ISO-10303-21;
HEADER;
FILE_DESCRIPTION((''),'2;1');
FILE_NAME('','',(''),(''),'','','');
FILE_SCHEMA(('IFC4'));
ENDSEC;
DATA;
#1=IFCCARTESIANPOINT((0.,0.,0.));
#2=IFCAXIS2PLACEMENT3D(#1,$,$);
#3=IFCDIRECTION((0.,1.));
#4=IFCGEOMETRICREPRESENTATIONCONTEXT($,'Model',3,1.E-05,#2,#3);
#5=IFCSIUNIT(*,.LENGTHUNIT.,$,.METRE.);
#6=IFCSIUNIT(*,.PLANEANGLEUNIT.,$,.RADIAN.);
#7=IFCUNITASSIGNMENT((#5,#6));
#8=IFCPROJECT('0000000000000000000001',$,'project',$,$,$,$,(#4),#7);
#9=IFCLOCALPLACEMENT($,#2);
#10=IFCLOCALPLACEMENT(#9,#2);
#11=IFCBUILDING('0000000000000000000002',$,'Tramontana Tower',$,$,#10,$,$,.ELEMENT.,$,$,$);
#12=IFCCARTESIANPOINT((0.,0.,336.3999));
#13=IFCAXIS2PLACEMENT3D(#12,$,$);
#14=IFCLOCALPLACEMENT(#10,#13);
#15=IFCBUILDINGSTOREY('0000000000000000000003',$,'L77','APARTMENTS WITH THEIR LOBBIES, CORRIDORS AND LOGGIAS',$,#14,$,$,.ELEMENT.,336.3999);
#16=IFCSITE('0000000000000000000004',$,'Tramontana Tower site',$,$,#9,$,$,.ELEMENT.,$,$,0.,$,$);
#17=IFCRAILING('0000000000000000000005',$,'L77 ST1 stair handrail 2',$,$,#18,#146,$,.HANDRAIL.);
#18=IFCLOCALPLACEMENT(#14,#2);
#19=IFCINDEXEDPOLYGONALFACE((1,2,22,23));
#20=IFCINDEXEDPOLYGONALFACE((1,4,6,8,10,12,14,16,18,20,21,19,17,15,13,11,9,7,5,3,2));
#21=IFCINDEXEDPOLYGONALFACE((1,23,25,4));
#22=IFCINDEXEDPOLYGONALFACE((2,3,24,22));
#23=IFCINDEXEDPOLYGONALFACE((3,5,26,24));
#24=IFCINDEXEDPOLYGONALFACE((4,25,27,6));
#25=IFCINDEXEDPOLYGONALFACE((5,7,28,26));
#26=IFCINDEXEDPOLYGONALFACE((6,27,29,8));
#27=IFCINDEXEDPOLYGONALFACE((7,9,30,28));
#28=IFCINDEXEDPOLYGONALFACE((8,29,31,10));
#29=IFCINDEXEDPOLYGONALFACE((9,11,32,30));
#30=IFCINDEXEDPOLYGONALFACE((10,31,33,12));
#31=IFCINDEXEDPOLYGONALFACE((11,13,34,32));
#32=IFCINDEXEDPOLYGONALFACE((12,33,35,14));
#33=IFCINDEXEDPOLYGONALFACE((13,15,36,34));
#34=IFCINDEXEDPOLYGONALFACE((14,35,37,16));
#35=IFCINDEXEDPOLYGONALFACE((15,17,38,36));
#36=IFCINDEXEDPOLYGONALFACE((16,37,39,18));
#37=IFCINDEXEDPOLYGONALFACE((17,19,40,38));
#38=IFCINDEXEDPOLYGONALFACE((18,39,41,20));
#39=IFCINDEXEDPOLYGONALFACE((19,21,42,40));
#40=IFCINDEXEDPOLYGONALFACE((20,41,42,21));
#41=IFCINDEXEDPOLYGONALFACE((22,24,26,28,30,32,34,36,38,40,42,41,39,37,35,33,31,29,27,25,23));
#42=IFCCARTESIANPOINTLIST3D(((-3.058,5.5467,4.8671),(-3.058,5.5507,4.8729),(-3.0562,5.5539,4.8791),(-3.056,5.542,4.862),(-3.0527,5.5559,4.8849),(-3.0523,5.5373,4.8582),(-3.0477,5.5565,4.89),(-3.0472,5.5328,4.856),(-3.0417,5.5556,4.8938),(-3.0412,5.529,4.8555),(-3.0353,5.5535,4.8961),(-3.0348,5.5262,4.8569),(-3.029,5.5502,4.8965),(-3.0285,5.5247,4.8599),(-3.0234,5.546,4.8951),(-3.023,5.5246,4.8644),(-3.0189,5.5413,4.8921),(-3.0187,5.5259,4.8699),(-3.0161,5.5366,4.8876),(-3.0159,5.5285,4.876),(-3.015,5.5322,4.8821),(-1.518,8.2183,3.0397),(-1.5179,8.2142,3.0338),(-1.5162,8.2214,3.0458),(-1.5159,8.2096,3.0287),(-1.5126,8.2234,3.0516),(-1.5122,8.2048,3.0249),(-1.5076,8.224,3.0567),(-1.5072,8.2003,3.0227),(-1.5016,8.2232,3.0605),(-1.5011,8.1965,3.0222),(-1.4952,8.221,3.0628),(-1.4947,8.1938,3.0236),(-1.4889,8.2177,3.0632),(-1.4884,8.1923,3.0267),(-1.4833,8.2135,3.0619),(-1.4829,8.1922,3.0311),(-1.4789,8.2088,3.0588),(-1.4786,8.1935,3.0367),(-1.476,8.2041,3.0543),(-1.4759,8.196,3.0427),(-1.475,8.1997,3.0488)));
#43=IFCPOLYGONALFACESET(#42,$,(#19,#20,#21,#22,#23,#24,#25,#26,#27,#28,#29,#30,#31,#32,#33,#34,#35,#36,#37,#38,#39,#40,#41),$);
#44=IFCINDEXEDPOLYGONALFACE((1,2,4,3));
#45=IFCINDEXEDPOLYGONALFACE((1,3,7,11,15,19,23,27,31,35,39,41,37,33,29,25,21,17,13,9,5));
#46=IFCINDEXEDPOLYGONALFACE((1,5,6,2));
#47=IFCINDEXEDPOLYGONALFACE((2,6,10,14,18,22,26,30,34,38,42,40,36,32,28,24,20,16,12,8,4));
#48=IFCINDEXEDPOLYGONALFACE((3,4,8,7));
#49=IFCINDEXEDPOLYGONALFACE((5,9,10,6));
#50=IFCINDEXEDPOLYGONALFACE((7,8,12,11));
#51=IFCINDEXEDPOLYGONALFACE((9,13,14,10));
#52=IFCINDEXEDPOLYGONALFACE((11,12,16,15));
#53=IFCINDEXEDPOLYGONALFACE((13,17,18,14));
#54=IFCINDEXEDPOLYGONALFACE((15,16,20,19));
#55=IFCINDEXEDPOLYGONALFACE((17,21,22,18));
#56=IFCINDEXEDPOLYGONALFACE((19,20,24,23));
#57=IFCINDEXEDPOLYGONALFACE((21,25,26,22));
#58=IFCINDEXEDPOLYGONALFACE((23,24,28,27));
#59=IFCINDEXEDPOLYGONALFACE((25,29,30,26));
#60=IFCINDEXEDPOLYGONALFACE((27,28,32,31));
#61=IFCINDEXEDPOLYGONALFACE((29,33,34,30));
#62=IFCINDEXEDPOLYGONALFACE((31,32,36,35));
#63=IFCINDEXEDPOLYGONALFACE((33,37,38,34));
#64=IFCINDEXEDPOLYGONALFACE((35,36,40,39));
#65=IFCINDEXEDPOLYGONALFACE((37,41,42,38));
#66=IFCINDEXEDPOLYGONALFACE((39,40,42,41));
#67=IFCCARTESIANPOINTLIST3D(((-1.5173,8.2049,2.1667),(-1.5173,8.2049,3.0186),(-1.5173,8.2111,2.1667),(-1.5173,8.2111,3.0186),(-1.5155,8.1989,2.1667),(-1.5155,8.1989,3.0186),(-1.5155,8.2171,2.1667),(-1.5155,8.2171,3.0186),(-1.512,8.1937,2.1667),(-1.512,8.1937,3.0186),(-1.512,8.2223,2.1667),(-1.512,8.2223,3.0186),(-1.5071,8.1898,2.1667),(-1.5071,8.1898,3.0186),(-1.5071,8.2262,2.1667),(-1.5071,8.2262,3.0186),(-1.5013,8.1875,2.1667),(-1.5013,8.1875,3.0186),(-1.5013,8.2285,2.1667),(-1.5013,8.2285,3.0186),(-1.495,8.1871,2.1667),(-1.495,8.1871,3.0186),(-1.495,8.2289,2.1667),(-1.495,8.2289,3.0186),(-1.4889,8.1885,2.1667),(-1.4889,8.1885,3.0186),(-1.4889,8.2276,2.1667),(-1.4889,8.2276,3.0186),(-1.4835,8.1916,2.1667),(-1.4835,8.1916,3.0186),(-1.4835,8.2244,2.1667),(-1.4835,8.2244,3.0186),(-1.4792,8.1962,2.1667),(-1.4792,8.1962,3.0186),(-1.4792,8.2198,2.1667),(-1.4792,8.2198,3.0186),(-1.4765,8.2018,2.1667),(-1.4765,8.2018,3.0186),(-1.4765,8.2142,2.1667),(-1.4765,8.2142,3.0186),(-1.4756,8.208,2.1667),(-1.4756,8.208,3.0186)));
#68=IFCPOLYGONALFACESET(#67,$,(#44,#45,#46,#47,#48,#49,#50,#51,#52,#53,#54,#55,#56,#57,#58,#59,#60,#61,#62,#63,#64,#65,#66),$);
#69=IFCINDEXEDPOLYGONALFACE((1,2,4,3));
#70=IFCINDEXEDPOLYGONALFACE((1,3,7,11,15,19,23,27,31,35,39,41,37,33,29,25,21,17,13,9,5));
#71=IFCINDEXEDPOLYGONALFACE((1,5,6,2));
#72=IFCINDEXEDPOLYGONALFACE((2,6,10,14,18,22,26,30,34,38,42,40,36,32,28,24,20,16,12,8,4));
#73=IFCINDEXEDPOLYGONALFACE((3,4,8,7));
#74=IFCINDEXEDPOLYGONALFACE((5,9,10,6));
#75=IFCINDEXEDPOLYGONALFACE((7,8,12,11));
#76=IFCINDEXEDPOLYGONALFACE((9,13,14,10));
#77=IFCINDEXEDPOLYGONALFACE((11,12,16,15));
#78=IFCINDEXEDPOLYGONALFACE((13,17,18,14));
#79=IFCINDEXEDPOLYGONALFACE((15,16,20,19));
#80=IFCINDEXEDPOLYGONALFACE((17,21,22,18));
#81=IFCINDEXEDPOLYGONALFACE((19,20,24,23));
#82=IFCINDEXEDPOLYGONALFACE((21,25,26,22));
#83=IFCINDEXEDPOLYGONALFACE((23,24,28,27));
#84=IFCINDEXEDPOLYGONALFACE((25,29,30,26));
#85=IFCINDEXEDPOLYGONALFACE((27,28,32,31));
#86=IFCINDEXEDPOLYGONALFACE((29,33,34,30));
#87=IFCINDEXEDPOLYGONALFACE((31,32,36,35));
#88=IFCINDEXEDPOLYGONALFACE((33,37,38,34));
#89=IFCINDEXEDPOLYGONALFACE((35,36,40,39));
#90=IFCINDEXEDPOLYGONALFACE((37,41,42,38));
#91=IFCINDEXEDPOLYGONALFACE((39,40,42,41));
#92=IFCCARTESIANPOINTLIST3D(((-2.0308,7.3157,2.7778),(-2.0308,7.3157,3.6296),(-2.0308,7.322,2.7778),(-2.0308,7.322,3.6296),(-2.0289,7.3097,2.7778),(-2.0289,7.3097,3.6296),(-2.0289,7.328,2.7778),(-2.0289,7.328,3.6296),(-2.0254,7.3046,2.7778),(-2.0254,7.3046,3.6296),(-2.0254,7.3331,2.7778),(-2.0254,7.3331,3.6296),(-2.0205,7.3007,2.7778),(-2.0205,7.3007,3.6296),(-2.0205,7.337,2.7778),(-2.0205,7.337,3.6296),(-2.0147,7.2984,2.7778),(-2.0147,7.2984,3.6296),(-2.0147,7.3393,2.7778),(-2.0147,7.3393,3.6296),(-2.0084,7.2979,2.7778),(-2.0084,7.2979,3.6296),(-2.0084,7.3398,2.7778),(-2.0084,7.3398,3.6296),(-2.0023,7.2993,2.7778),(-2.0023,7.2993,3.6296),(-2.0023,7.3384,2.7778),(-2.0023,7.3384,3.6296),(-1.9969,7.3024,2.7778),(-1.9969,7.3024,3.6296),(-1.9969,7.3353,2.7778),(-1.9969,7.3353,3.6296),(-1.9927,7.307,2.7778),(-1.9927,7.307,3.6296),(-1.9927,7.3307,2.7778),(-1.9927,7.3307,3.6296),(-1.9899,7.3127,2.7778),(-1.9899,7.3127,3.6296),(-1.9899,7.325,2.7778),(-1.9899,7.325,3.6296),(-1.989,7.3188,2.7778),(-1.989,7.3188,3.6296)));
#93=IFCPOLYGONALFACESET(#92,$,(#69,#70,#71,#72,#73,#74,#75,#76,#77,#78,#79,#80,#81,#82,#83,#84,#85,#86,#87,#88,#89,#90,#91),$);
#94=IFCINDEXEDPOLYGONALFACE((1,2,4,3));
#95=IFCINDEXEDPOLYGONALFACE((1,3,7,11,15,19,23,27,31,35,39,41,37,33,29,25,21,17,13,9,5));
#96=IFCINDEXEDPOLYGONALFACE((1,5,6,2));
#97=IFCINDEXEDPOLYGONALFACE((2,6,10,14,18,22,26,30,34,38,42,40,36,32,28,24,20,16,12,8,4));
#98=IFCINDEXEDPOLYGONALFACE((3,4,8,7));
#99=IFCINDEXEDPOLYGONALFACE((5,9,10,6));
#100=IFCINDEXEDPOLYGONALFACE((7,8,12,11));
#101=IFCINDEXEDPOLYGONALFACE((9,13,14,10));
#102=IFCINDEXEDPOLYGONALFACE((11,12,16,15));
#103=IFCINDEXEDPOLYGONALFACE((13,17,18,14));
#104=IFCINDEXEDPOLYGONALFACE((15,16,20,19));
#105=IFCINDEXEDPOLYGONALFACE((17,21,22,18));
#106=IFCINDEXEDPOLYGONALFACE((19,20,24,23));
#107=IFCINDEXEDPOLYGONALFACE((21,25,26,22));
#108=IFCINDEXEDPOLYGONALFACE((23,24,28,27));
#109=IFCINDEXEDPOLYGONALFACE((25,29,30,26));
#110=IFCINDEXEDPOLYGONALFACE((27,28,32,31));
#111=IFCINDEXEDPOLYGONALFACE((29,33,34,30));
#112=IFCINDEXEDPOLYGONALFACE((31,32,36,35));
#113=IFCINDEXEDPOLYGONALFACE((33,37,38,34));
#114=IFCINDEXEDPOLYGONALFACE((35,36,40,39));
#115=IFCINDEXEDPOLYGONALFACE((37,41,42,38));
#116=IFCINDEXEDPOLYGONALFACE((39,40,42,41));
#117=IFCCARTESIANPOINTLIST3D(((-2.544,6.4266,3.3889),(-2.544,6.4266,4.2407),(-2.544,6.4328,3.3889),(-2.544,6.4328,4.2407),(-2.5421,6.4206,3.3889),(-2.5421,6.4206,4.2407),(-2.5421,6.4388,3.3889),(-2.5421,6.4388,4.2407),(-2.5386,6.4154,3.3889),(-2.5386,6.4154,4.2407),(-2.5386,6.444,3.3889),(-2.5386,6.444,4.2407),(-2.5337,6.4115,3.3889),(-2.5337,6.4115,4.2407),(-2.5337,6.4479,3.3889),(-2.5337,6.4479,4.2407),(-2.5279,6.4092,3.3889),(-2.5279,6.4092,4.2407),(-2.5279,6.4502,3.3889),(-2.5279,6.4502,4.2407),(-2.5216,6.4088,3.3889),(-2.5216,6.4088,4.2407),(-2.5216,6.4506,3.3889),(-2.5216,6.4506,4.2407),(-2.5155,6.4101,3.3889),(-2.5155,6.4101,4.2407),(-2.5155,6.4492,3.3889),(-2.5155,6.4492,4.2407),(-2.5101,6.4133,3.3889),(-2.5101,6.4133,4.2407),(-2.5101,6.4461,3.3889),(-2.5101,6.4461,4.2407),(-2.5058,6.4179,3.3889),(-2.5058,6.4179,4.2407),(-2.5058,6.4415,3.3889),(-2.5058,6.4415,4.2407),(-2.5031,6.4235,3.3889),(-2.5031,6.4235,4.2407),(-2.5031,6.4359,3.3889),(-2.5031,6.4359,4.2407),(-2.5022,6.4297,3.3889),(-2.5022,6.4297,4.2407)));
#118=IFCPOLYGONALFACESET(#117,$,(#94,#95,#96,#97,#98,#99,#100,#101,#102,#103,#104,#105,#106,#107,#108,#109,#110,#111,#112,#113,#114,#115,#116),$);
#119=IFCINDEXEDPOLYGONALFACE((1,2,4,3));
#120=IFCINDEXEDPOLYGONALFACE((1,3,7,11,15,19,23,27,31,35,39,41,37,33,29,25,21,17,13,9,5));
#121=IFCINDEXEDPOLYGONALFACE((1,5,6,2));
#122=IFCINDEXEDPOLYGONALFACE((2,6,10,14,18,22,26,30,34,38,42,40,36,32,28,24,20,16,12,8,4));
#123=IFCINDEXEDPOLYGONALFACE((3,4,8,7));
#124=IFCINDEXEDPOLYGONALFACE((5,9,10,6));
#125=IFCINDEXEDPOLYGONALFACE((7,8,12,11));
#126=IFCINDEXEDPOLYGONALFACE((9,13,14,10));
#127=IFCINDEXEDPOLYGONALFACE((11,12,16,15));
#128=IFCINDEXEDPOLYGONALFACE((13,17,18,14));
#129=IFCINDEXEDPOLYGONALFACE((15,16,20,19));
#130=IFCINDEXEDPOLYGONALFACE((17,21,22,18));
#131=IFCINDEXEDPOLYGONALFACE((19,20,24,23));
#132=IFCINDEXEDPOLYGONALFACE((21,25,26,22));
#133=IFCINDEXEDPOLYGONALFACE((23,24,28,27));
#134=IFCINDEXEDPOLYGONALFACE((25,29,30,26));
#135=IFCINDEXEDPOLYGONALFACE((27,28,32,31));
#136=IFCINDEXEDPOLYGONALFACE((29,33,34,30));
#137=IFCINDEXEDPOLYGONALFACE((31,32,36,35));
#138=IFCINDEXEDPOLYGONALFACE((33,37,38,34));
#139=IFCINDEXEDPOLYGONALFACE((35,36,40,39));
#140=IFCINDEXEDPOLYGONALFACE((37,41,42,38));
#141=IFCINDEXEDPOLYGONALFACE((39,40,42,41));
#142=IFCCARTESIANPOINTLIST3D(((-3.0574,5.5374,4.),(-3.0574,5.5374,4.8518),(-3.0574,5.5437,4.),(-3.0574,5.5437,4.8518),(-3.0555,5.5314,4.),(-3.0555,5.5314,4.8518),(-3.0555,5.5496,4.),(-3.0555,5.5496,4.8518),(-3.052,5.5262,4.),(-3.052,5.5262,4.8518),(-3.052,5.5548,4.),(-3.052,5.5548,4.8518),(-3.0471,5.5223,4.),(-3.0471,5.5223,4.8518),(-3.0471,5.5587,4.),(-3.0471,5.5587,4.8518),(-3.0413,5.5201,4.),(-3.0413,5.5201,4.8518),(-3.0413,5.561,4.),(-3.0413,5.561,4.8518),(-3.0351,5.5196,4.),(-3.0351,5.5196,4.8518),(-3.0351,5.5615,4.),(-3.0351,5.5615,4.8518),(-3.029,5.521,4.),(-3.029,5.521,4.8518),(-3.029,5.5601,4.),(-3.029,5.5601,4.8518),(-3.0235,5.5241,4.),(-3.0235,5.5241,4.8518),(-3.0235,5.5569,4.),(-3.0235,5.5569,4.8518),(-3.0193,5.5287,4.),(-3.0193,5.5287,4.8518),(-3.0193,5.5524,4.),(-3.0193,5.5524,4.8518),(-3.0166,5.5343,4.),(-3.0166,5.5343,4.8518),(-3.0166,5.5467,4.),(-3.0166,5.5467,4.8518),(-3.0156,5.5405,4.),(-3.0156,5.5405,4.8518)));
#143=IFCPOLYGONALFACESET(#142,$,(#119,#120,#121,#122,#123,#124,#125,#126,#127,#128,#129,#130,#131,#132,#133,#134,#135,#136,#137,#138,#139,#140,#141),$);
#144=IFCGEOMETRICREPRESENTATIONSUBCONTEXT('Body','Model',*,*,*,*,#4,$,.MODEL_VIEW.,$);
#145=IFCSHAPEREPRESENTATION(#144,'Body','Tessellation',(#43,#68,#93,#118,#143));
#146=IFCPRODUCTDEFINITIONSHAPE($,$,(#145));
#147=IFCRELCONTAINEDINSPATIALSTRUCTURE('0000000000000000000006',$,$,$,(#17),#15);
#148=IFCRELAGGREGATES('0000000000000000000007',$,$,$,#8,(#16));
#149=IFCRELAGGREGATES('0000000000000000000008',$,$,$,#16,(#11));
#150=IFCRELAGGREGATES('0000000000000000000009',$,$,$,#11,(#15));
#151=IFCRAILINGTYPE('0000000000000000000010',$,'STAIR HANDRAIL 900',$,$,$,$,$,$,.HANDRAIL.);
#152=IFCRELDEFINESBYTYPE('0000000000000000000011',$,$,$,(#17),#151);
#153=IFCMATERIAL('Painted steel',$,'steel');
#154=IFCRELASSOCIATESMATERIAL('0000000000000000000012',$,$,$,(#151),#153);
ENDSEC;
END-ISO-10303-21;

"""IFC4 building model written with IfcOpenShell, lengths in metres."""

from ifc_helpers import new_model, si_unit, direction, frame, origin, origin_2d, place, context, subcontext, project, spatial, circle, extrude, material, type_object, element, save


model = new_model("IFC4")

# Units and contexts
model_context = context("Model", 3, precision=1e-05, world=origin(), true_north=direction((0.0, 1.0)))
body_context = subcontext(model_context, "Body", "Model", "MODEL_VIEW")
ifc_project = project(units=[si_unit("LENGTHUNIT", "METRE"), si_unit("PLANEANGLEUNIT", "RADIAN")], contexts=[model_context])

# Site, building, storey
site_placement = place(None, origin())
site = spatial("IfcSite", under=ifc_project, at=site_placement, Name="Tramontana Tower site", CompositionType="ELEMENT", RefElevation=0.0)
building_placement = place(site_placement, origin())
building = spatial("IfcBuilding", under=site, at=building_placement, Name="Tramontana Tower", CompositionType="ELEMENT")
storey_placement = place(building_placement, frame((0.0, 0.0, 336.3999)))
storey = spatial("IfcBuildingStorey", under=building, at=storey_placement, Name="L77", Description="APARTMENTS WITH THEIR LOBBIES, CORRIDORS AND LOGGIAS", CompositionType="ELEMENT", Elevation=336.3999)

# Railing
ifc_material_1 = material(Name="Painted steel", Category="steel")
railing_type_1 = type_object("IfcRailingType", Name="STAIR HANDRAIL 900", PredefinedType="HANDRAIL", material=ifc_material_1)
railing_1_placement = place(storey_placement, frame((-1.4966, 8.208, 2.1667)))
element("IfcRailing", 1, at=railing_1_placement, inside=storey, type_object=railing_type_1, Name="L77 ST1 stair handrail 2", PredefinedType="HANDRAIL", context=body_context, shape_type="SweptSolid", body=[
    extrude(circle(Radius=0.0239, at=origin_2d()), frame((0.0, 0.0, 0.876), z_axis=(-0.429649, -0.74419, 0.511452), x_axis=(0.86603, -0.499992, 0.0)), (0.0, 0.0, 1.0), 3.5845),
    extrude(circle(Radius=0.021, at=origin_2d()), origin(), (0.0, 0.0, 1.0), 0.8518),
    extrude(circle(Radius=0.021, at=origin_2d()), frame((-0.5134, -0.8892, 0.6111)), (0.0, 0.0, 1.0), 0.8518),
    extrude(circle(Radius=0.021, at=origin_2d()), frame((-1.0266, -1.7783, 1.2222)), (0.0, 0.0, 1.0), 0.8518),
    extrude(circle(Radius=0.021, at=origin_2d()), frame((-1.54, -2.6675, 1.8333)), (0.0, 0.0, 1.0), 0.8518),
])

save(model, "model.ifc")
